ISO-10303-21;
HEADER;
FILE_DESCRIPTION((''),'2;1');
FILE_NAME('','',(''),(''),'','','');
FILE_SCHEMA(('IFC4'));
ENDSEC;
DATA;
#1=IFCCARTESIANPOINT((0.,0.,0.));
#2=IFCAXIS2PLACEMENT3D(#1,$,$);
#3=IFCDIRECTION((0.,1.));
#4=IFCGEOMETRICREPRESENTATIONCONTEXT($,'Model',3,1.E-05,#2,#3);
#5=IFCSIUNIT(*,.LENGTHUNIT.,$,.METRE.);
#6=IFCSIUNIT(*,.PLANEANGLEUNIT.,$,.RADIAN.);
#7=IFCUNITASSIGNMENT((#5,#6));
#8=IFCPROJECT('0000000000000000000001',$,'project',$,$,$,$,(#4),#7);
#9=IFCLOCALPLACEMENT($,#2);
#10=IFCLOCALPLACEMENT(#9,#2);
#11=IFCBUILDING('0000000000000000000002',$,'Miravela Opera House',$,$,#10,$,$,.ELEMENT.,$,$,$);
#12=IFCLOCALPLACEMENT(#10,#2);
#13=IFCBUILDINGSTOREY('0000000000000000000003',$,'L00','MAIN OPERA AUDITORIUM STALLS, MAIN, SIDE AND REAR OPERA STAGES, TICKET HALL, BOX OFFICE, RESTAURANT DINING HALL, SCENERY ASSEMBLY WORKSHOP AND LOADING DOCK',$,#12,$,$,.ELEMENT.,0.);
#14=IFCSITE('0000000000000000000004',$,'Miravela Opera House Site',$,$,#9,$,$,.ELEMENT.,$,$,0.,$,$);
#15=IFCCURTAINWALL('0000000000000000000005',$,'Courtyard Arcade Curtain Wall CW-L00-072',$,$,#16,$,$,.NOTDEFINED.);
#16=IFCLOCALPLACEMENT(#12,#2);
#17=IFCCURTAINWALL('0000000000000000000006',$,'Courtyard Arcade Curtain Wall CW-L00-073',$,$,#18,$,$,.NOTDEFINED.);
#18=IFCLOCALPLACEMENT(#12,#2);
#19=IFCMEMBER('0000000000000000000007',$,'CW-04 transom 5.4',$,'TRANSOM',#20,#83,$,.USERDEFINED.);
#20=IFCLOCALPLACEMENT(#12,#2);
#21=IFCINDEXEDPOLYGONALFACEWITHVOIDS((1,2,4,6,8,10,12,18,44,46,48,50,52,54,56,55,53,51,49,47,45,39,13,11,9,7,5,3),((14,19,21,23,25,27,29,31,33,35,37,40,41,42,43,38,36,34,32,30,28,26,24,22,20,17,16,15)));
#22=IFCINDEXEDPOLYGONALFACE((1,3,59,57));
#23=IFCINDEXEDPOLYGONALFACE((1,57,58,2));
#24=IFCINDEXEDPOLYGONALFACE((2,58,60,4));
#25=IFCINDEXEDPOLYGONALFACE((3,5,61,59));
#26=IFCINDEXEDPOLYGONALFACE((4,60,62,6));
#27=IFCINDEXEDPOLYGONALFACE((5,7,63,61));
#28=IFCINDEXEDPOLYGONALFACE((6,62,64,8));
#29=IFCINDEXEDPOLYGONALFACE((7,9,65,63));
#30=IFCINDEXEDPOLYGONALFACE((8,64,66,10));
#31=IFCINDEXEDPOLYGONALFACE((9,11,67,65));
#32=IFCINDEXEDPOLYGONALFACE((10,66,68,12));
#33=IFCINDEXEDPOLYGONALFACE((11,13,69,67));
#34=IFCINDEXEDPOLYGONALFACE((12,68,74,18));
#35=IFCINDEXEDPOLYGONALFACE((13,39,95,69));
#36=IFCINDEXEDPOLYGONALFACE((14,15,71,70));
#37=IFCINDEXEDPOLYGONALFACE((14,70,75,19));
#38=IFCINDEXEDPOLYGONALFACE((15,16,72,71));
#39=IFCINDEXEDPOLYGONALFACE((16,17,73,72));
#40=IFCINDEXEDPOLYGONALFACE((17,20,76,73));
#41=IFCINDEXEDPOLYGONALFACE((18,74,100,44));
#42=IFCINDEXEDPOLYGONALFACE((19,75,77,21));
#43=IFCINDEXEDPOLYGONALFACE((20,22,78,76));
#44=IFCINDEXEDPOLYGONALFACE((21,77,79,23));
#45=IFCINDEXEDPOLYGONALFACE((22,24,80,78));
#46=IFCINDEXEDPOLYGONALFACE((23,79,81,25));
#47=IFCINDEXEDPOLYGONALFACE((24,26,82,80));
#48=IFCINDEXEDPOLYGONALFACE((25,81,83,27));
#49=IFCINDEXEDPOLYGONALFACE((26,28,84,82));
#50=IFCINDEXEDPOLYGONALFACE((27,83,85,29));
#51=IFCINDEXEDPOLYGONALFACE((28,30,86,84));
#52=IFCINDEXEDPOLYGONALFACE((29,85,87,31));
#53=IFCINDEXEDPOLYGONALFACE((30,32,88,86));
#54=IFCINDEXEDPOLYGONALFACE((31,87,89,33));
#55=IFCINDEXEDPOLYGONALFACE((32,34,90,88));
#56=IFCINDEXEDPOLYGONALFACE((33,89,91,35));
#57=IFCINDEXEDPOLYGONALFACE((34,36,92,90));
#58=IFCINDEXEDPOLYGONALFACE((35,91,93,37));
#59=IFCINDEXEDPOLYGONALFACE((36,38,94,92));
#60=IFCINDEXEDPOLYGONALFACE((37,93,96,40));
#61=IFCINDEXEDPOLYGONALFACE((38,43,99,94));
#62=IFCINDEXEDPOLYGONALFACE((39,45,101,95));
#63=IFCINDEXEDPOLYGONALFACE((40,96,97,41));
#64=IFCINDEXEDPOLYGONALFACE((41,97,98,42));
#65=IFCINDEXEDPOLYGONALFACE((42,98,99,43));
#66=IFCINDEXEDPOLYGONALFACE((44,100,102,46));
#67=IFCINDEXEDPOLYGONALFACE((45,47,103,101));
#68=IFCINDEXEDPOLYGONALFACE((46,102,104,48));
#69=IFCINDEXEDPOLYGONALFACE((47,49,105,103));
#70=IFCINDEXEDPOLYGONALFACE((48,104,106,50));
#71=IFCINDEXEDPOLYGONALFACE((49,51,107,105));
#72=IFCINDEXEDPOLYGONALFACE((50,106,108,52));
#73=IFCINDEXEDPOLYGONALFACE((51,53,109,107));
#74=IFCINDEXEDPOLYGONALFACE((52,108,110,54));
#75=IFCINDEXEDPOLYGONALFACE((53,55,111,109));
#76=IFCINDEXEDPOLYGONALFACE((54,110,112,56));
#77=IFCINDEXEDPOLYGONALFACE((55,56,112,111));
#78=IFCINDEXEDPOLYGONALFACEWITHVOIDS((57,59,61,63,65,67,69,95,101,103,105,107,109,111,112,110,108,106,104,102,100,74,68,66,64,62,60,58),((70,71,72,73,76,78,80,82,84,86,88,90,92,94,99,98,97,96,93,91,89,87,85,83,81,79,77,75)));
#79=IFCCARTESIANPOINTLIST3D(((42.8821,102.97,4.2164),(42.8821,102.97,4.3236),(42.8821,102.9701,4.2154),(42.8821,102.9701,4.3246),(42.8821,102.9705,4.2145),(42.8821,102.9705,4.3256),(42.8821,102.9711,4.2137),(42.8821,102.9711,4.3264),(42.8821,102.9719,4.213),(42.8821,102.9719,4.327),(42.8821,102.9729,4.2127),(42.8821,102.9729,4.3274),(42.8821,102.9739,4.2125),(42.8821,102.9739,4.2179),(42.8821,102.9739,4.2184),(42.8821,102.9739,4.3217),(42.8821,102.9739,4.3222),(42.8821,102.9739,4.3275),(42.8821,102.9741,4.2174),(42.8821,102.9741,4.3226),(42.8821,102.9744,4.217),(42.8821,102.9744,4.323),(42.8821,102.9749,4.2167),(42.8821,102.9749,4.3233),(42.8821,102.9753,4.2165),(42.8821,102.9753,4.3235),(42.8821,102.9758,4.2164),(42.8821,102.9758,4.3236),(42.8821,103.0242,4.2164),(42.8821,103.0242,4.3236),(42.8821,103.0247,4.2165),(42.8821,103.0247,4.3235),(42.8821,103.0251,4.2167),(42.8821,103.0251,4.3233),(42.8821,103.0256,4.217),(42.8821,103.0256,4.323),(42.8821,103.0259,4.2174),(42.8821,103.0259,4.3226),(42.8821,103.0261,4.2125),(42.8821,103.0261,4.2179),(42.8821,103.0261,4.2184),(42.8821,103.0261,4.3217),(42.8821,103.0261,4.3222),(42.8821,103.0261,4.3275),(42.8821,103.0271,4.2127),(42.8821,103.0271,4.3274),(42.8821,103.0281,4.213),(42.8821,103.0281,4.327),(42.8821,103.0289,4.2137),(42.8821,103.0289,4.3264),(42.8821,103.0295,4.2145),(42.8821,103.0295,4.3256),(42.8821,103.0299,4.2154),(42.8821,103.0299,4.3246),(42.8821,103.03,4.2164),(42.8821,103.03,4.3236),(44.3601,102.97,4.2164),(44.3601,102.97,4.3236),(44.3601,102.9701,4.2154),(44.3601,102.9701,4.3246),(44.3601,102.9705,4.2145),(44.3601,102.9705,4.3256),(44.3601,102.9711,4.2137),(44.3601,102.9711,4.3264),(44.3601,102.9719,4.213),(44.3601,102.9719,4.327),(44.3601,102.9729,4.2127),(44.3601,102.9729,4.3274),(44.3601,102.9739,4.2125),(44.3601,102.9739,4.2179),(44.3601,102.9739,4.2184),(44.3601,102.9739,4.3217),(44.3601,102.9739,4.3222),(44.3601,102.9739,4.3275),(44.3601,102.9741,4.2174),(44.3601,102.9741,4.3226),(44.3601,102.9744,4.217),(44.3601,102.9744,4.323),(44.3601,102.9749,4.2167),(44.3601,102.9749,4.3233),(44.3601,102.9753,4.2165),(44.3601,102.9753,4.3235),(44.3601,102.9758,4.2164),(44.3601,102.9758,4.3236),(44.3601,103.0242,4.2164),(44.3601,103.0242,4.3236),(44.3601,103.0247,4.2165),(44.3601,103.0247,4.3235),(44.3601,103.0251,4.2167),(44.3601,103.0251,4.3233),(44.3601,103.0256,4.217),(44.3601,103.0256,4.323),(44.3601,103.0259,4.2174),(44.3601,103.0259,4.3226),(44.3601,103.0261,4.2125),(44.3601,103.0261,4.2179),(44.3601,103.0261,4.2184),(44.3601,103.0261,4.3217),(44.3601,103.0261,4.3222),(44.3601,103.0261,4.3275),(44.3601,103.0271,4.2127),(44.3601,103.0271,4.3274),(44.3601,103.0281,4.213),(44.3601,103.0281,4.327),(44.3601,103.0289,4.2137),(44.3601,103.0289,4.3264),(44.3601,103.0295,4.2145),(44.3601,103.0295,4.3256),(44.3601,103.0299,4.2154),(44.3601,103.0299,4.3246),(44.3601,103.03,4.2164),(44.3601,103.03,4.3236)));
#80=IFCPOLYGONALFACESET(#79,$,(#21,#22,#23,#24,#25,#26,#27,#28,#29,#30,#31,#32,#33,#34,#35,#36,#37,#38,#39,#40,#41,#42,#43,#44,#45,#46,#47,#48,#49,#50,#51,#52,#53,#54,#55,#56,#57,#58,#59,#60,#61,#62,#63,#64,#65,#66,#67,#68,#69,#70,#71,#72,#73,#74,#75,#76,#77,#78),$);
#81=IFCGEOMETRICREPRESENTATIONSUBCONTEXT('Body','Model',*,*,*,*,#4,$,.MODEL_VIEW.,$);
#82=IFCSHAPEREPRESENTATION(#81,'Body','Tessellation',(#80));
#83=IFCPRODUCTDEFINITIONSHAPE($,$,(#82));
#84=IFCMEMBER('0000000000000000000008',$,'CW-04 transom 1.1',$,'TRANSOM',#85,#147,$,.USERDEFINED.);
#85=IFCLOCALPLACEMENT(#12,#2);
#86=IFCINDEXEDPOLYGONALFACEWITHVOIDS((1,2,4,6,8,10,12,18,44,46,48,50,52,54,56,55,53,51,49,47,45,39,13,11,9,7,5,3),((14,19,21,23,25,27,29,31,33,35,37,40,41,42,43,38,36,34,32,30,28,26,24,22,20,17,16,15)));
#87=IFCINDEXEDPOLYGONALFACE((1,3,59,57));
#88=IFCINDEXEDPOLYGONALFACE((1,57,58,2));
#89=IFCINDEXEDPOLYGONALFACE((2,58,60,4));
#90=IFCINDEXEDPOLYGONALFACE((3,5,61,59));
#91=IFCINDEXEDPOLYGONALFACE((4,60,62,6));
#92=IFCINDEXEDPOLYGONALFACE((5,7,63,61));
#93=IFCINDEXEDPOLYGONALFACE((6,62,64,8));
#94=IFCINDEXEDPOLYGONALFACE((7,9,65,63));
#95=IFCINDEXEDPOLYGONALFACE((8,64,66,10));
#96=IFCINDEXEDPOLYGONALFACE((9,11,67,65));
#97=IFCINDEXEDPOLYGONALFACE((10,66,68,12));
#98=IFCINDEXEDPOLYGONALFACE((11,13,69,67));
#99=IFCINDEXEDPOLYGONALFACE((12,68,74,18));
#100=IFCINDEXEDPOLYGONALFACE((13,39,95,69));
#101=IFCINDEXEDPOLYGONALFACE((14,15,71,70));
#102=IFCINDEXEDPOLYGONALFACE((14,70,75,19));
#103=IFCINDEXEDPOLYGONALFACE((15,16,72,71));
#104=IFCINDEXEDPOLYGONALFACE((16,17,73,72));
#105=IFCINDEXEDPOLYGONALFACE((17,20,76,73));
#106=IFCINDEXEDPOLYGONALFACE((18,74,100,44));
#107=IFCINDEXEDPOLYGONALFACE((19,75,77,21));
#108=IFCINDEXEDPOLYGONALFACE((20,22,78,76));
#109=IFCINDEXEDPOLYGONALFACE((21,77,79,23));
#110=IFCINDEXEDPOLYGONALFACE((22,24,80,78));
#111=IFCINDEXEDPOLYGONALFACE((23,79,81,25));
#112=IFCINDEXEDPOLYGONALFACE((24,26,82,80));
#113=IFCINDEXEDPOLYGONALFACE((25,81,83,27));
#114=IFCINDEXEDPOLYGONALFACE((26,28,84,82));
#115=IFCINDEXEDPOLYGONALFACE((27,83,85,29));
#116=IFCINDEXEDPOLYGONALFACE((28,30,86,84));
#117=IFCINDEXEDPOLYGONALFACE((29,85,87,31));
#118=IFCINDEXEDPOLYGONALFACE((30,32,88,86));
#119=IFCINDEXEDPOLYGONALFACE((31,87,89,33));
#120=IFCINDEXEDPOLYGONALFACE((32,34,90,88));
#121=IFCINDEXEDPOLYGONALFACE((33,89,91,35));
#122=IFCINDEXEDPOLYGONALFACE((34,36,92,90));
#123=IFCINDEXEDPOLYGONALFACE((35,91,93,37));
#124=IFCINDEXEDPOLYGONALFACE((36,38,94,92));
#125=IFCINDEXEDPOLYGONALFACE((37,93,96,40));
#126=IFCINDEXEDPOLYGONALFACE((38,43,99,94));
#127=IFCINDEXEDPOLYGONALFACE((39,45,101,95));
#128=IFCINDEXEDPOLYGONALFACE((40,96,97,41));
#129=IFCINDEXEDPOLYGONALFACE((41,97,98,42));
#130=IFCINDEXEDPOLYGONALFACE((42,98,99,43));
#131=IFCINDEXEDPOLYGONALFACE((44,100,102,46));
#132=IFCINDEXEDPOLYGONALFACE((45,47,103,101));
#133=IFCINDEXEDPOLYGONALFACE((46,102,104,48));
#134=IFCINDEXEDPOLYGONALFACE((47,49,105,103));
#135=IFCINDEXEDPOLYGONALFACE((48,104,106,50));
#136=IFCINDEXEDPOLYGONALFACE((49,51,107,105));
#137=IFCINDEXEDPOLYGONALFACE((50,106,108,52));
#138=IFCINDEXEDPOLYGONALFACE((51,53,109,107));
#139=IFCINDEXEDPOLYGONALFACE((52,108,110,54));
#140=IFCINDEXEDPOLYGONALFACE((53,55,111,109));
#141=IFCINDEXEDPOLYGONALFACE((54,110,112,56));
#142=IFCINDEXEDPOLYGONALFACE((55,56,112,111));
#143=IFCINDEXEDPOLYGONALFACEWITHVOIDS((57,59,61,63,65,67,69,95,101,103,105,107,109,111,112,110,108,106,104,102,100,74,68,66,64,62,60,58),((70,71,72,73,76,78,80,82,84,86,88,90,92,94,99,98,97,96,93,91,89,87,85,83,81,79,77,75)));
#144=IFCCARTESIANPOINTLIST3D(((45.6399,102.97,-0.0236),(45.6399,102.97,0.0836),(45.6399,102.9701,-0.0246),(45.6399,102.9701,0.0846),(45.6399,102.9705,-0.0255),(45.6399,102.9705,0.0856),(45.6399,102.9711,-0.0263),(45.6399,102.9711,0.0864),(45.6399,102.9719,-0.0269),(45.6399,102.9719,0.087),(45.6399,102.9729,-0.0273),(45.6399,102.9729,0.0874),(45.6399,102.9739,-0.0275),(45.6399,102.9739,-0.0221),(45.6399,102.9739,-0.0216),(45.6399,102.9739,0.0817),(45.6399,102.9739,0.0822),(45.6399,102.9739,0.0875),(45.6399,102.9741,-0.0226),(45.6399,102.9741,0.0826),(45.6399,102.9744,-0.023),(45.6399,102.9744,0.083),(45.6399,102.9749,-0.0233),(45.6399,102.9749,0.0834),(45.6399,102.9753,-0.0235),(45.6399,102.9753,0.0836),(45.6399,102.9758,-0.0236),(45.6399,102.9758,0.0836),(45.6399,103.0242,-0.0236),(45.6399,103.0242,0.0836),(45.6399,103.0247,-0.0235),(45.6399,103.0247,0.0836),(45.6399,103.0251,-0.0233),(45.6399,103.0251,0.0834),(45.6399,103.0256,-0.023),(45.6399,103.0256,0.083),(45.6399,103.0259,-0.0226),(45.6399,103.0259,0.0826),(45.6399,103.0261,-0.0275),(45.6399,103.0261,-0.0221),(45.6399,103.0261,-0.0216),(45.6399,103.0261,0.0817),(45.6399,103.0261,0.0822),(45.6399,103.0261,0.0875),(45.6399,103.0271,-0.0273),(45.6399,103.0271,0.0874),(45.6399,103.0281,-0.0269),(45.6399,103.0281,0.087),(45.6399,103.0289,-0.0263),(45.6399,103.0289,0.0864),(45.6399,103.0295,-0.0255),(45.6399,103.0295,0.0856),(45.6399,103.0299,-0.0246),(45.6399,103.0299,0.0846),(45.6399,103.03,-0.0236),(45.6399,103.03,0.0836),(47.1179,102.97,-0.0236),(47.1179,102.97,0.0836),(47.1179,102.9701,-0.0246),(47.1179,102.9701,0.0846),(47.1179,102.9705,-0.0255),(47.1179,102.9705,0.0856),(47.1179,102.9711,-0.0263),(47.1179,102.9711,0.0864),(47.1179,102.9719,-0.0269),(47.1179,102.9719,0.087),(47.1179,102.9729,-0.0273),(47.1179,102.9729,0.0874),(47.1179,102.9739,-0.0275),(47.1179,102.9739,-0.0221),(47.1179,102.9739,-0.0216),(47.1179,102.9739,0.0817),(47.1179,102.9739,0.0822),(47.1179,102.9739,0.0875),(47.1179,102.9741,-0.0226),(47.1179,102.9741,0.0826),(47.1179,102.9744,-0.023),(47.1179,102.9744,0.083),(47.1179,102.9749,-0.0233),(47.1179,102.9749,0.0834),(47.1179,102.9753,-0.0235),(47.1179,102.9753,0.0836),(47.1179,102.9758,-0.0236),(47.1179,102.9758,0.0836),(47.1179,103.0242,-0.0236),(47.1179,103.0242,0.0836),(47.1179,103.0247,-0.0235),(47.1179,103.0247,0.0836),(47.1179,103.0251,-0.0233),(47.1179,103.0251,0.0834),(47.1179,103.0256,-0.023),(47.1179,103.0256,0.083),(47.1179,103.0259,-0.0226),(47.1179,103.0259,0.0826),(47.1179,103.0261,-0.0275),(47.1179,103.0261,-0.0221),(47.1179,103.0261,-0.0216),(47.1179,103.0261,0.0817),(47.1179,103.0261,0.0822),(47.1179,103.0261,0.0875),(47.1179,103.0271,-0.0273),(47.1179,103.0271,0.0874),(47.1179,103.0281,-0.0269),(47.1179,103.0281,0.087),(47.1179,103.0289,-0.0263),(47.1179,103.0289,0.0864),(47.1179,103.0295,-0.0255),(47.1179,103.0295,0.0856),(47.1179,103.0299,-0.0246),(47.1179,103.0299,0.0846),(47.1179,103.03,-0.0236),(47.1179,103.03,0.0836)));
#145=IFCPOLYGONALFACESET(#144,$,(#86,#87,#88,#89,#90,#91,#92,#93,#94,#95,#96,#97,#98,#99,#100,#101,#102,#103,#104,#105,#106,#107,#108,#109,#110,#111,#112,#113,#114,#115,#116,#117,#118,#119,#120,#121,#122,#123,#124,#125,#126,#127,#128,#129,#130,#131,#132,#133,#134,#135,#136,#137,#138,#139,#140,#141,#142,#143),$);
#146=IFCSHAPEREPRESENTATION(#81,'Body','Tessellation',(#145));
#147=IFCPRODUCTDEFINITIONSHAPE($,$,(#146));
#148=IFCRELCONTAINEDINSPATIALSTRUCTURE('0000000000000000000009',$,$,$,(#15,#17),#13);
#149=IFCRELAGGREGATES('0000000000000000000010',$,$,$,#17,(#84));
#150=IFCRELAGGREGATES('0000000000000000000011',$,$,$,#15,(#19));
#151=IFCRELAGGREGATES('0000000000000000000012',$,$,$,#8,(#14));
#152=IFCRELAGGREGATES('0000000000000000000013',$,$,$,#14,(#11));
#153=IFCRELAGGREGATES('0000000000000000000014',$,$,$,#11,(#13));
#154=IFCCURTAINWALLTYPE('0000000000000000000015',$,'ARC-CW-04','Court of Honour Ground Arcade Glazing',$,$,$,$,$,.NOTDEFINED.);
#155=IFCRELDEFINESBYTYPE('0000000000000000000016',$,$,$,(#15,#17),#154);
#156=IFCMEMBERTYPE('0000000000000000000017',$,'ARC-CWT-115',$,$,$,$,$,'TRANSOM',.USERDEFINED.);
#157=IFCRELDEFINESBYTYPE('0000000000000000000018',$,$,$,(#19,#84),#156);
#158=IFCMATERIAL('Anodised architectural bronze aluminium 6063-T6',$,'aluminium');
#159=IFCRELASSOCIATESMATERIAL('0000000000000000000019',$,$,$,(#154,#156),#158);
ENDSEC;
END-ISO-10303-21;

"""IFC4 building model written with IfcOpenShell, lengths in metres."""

from ifc_helpers import new_model, si_unit, direction, frame, origin, origin_2d, place, context, subcontext, project, spatial, hollow_rectangle, extrude, material, material_profile, profile_set, type_object, element, aggregate, save


model = new_model("IFC4")

# Units and contexts
model_context = context("Model", 3, precision=1e-05, world=origin(), true_north=direction((0.0, 1.0)))
body_context = subcontext(model_context, "Body", "Model", "MODEL_VIEW")
ifc_project = project(units=[si_unit("LENGTHUNIT", "METRE"), si_unit("PLANEANGLEUNIT", "RADIAN")], contexts=[model_context])

# Site, building, storey
site_placement = place(None, origin())
site = spatial("IfcSite", under=ifc_project, at=site_placement, Name="Miravela Opera House Site", CompositionType="ELEMENT", RefElevation=0.0)
building_placement = place(site_placement, origin())
building = spatial("IfcBuilding", under=site, at=building_placement, Name="Miravela Opera House", CompositionType="ELEMENT")
storey_placement = place(building_placement, origin())
storey = spatial("IfcBuildingStorey", under=building, at=storey_placement, Name="L00", Description="MAIN OPERA AUDITORIUM STALLS, MAIN, SIDE AND REAR OPERA STAGES, TICKET HALL, BOX OFFICE, RESTAURANT DINING HALL, SCENERY ASSEMBLY WORKSHOP AND LOADING DOCK", CompositionType="ELEMENT", Elevation=0.0)

# Curtain walls
ifc_material_1 = material(Name="Anodised architectural bronze aluminium 6063-T6", Category="aluminium")
curtain_wall_type = type_object("IfcCurtainWallType", Name="ARC-CW-04", Description="Court of Honour Ground Arcade Glazing", PredefinedType="NOTDEFINED", material=ifc_material_1)
curtain_wall_1_placement = place(storey_placement, origin())
curtain_wall_1 = element("IfcCurtainWall", 1, at=curtain_wall_1_placement, inside=storey, type_object=curtain_wall_type, Name="Courtyard Arcade Curtain Wall CW-L00-072", PredefinedType="NOTDEFINED")
curtain_wall_2_placement = place(storey_placement, origin())
curtain_wall_2 = element("IfcCurtainWall", 2, at=curtain_wall_2_placement, inside=storey, type_object=curtain_wall_type, Name="Courtyard Arcade Curtain Wall CW-L00-073", PredefinedType="NOTDEFINED")

# Members
ifc_material_profile_1 = material_profile(ifc_material_1, hollow_rectangle(XDim=0.0601, YDim=0.115, WallThickness=0.0039, InnerFilletRadius=0.002, OuterFilletRadius=0.0039, at=origin_2d()), Name="CWT-60X115")
ifc_profile_set_1 = profile_set([ifc_material_profile_1])
member_type_1 = type_object("IfcMemberType", Name="ARC-CWT-115", ElementType="TRANSOM", PredefinedType="USERDEFINED", material=ifc_profile_set_1)
member_1_placement = place(storey_placement, frame((42.8821, 103.0, 4.27), z_axis=(1.0, 0.0, 0.0), x_axis=(0.0, 1.0, 0.0)))
member_1 = element("IfcMember", 3, at=member_1_placement, type_object=member_type_1, Name="CW-04 transom 5.4", ObjectType="TRANSOM", PredefinedType="USERDEFINED", context=body_context, shape_type="SweptSolid", body=[
    extrude(hollow_rectangle(XDim=0.0601, YDim=0.115, WallThickness=0.0039, InnerFilletRadius=0.002, OuterFilletRadius=0.0039, at=origin_2d()), origin(), (0.0, 0.0, 1.0), 1.478),
])
member_2_placement = place(storey_placement, frame((45.6399, 103.0, 0.03), z_axis=(1.0, 0.0, 0.0), x_axis=(0.0, 1.0, 0.0)))
member_2 = element("IfcMember", 4, at=member_2_placement, type_object=member_type_1, Name="CW-04 transom 1.1", ObjectType="TRANSOM", PredefinedType="USERDEFINED", context=body_context, shape_type="SweptSolid", body=[
    extrude(hollow_rectangle(XDim=0.0601, YDim=0.115, WallThickness=0.0039, InnerFilletRadius=0.002, OuterFilletRadius=0.0039, at=origin_2d()), origin(), (0.0, 0.0, 1.0), 1.478),
])
aggregate(curtain_wall_2, [member_2])

aggregate(curtain_wall_1, [member_1])

save(model, "model.ifc")
